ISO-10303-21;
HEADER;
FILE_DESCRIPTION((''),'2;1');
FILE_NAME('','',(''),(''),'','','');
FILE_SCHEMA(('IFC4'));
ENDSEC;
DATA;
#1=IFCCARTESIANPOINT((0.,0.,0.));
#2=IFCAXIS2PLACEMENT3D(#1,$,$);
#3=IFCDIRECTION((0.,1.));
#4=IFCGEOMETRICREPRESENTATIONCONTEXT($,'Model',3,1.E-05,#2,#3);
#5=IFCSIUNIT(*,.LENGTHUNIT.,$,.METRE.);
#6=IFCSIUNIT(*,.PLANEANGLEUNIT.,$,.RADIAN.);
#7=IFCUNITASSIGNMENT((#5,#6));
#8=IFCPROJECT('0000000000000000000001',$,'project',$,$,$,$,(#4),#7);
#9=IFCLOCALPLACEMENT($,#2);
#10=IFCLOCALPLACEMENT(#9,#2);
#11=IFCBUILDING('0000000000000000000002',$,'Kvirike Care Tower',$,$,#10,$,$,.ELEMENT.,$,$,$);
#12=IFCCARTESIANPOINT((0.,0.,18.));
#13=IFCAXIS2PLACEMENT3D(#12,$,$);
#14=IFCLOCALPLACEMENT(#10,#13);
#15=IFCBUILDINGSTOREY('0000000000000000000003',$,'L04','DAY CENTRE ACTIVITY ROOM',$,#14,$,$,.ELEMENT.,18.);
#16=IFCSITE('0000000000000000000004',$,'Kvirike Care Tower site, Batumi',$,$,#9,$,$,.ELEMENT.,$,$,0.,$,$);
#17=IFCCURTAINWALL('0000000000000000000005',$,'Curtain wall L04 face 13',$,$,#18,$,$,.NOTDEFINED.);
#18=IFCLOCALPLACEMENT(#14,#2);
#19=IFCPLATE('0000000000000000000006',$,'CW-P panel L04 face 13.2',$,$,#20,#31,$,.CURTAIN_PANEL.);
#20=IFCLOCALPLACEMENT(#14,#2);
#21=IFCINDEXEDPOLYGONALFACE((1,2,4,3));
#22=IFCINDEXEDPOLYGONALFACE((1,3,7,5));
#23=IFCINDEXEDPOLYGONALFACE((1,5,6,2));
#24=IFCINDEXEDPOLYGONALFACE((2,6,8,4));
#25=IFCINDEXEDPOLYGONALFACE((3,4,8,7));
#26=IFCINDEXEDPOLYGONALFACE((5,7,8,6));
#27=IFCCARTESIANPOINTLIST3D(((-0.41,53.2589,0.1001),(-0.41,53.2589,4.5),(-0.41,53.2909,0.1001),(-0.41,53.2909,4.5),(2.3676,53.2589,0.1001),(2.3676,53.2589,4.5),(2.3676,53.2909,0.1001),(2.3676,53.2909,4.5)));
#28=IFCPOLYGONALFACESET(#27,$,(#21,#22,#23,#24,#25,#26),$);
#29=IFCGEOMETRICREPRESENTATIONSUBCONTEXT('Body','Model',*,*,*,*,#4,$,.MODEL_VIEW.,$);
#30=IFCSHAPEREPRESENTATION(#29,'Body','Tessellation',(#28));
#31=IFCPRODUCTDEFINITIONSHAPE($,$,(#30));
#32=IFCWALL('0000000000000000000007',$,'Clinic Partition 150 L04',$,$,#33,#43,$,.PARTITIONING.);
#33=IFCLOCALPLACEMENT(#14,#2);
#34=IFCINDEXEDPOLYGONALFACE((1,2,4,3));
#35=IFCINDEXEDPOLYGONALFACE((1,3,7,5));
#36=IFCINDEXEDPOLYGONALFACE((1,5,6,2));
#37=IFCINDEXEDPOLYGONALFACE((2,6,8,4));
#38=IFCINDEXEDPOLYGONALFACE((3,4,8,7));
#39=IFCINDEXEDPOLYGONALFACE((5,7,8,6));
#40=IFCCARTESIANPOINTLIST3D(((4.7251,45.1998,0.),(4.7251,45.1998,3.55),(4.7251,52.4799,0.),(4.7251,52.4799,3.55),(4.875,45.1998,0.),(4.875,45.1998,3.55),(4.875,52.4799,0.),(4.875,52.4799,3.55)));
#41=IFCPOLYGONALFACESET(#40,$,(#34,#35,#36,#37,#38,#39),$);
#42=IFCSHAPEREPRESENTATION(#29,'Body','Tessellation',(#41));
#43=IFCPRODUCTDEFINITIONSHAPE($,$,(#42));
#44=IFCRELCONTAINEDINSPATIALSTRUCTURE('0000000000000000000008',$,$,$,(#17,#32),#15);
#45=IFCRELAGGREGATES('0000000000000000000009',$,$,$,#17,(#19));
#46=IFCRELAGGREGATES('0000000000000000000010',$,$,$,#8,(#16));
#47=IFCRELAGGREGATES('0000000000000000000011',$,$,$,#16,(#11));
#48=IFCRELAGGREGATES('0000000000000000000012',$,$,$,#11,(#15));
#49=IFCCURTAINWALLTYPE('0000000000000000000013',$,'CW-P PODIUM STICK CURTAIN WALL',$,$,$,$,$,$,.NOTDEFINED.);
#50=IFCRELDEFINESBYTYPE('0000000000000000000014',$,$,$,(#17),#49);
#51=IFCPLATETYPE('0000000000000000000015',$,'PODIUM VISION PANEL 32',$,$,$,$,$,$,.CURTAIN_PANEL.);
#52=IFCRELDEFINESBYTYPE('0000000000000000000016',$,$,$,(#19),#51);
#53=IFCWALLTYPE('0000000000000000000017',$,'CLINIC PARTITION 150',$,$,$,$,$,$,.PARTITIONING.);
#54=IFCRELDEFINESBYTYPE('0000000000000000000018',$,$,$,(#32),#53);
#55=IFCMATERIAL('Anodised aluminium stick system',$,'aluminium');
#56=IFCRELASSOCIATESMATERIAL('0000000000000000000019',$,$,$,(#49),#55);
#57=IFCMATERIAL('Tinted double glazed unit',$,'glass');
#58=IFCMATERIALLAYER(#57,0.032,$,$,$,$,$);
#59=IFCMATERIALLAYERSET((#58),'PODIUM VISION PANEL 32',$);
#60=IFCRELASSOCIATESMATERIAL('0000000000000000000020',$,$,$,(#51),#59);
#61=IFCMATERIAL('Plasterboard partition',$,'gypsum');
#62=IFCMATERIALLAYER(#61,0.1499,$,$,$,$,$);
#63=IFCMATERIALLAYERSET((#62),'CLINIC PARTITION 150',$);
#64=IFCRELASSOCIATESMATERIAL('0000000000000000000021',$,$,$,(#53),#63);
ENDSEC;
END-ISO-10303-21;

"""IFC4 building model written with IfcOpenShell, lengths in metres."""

from ifc_helpers import new_model, si_unit, direction, frame, frame_2d, origin, origin_2d, place, context, subcontext, project, spatial, rectangle, extrude, material, layer, layer_set, type_object, element, aggregate, save


model = new_model("IFC4")

# Units and contexts
model_context = context("Model", 3, precision=1e-05, world=origin(), true_north=direction((0.0, 1.0)))
body_context = subcontext(model_context, "Body", "Model", "MODEL_VIEW")
ifc_project = project(units=[si_unit("LENGTHUNIT", "METRE"), si_unit("PLANEANGLEUNIT", "RADIAN")], contexts=[model_context])

# Site, building, storey
site_placement = place(None, origin())
site = spatial("IfcSite", under=ifc_project, at=site_placement, Name="Kvirike Care Tower site, Batumi", CompositionType="ELEMENT", RefElevation=0.0)
building_placement = place(site_placement, origin())
building = spatial("IfcBuilding", under=site, at=building_placement, Name="Kvirike Care Tower", CompositionType="ELEMENT")
storey_placement = place(building_placement, frame((0.0, 0.0, 18.0)))
storey = spatial("IfcBuildingStorey", under=building, at=storey_placement, Name="L04", Description="DAY CENTRE ACTIVITY ROOM", CompositionType="ELEMENT", Elevation=18.0)

# Shared definitions
ifc_material_1 = material(Name="Anodised aluminium stick system", Category="aluminium")
curtain_wall_type = type_object("IfcCurtainWallType", Name="CW-P PODIUM STICK CURTAIN WALL", PredefinedType="NOTDEFINED", material=ifc_material_1)

# Curtain wall
curtain_wall_1_placement = place(storey_placement, origin())
curtain_wall_1 = element("IfcCurtainWall", 1, at=curtain_wall_1_placement, inside=storey, type_object=curtain_wall_type, Name="Curtain wall L04 face 13", PredefinedType="NOTDEFINED")

# Plate
ifc_material_2 = material(Name="Tinted double glazed unit", Category="glass")
ifc_layer_1 = layer(ifc_material_2, 0.032)
ifc_layer_set_1 = layer_set([ifc_layer_1], Name="PODIUM VISION PANEL 32")
plate_type = type_object("IfcPlateType", Name="PODIUM VISION PANEL 32", PredefinedType="CURTAIN_PANEL", material=ifc_layer_set_1)
plate_1_placement = place(storey_placement, frame((0.9788, 53.2749, 0.1001), z_axis=(0.0, 0.0, 1.0), x_axis=(-1.0, 0.0, 0.0)))
plate_1 = element("IfcPlate", 2, at=plate_1_placement, type_object=plate_type, Name="CW-P panel L04 face 13.2", PredefinedType="CURTAIN_PANEL", context=body_context, shape_type="SweptSolid", body=[
    extrude(rectangle(XDim=2.7776, YDim=0.032, at=origin_2d()), origin(), (0.0, 0.0, 1.0), 4.3999),
])
aggregate(curtain_wall_1, [plate_1])

# Wall
ifc_material_3 = material(Name="Plasterboard partition", Category="gypsum")
ifc_layer_2 = layer(ifc_material_3, 0.1499)
ifc_layer_set_2 = layer_set([ifc_layer_2], Name="CLINIC PARTITION 150")
wall_type = type_object("IfcWallType", Name="CLINIC PARTITION 150", PredefinedType="PARTITIONING", material=ifc_layer_set_2)
wall_placement = place(storey_placement, frame((4.8, 52.48, 0.0), z_axis=(0.0, 0.0, 1.0), x_axis=(0.0, -1.0, 0.0)))
element("IfcWall", 3, at=wall_placement, inside=storey, type_object=wall_type, Name="Clinic Partition 150 L04", PredefinedType="PARTITIONING", context=body_context, shape_type="SweptSolid", body=[
    extrude(rectangle(XDim=7.28, YDim=0.1499, at=frame_2d((3.6401, 0.0))), origin(), (0.0, 0.0, 1.0), 3.55),
])

save(model, "model.ifc")
